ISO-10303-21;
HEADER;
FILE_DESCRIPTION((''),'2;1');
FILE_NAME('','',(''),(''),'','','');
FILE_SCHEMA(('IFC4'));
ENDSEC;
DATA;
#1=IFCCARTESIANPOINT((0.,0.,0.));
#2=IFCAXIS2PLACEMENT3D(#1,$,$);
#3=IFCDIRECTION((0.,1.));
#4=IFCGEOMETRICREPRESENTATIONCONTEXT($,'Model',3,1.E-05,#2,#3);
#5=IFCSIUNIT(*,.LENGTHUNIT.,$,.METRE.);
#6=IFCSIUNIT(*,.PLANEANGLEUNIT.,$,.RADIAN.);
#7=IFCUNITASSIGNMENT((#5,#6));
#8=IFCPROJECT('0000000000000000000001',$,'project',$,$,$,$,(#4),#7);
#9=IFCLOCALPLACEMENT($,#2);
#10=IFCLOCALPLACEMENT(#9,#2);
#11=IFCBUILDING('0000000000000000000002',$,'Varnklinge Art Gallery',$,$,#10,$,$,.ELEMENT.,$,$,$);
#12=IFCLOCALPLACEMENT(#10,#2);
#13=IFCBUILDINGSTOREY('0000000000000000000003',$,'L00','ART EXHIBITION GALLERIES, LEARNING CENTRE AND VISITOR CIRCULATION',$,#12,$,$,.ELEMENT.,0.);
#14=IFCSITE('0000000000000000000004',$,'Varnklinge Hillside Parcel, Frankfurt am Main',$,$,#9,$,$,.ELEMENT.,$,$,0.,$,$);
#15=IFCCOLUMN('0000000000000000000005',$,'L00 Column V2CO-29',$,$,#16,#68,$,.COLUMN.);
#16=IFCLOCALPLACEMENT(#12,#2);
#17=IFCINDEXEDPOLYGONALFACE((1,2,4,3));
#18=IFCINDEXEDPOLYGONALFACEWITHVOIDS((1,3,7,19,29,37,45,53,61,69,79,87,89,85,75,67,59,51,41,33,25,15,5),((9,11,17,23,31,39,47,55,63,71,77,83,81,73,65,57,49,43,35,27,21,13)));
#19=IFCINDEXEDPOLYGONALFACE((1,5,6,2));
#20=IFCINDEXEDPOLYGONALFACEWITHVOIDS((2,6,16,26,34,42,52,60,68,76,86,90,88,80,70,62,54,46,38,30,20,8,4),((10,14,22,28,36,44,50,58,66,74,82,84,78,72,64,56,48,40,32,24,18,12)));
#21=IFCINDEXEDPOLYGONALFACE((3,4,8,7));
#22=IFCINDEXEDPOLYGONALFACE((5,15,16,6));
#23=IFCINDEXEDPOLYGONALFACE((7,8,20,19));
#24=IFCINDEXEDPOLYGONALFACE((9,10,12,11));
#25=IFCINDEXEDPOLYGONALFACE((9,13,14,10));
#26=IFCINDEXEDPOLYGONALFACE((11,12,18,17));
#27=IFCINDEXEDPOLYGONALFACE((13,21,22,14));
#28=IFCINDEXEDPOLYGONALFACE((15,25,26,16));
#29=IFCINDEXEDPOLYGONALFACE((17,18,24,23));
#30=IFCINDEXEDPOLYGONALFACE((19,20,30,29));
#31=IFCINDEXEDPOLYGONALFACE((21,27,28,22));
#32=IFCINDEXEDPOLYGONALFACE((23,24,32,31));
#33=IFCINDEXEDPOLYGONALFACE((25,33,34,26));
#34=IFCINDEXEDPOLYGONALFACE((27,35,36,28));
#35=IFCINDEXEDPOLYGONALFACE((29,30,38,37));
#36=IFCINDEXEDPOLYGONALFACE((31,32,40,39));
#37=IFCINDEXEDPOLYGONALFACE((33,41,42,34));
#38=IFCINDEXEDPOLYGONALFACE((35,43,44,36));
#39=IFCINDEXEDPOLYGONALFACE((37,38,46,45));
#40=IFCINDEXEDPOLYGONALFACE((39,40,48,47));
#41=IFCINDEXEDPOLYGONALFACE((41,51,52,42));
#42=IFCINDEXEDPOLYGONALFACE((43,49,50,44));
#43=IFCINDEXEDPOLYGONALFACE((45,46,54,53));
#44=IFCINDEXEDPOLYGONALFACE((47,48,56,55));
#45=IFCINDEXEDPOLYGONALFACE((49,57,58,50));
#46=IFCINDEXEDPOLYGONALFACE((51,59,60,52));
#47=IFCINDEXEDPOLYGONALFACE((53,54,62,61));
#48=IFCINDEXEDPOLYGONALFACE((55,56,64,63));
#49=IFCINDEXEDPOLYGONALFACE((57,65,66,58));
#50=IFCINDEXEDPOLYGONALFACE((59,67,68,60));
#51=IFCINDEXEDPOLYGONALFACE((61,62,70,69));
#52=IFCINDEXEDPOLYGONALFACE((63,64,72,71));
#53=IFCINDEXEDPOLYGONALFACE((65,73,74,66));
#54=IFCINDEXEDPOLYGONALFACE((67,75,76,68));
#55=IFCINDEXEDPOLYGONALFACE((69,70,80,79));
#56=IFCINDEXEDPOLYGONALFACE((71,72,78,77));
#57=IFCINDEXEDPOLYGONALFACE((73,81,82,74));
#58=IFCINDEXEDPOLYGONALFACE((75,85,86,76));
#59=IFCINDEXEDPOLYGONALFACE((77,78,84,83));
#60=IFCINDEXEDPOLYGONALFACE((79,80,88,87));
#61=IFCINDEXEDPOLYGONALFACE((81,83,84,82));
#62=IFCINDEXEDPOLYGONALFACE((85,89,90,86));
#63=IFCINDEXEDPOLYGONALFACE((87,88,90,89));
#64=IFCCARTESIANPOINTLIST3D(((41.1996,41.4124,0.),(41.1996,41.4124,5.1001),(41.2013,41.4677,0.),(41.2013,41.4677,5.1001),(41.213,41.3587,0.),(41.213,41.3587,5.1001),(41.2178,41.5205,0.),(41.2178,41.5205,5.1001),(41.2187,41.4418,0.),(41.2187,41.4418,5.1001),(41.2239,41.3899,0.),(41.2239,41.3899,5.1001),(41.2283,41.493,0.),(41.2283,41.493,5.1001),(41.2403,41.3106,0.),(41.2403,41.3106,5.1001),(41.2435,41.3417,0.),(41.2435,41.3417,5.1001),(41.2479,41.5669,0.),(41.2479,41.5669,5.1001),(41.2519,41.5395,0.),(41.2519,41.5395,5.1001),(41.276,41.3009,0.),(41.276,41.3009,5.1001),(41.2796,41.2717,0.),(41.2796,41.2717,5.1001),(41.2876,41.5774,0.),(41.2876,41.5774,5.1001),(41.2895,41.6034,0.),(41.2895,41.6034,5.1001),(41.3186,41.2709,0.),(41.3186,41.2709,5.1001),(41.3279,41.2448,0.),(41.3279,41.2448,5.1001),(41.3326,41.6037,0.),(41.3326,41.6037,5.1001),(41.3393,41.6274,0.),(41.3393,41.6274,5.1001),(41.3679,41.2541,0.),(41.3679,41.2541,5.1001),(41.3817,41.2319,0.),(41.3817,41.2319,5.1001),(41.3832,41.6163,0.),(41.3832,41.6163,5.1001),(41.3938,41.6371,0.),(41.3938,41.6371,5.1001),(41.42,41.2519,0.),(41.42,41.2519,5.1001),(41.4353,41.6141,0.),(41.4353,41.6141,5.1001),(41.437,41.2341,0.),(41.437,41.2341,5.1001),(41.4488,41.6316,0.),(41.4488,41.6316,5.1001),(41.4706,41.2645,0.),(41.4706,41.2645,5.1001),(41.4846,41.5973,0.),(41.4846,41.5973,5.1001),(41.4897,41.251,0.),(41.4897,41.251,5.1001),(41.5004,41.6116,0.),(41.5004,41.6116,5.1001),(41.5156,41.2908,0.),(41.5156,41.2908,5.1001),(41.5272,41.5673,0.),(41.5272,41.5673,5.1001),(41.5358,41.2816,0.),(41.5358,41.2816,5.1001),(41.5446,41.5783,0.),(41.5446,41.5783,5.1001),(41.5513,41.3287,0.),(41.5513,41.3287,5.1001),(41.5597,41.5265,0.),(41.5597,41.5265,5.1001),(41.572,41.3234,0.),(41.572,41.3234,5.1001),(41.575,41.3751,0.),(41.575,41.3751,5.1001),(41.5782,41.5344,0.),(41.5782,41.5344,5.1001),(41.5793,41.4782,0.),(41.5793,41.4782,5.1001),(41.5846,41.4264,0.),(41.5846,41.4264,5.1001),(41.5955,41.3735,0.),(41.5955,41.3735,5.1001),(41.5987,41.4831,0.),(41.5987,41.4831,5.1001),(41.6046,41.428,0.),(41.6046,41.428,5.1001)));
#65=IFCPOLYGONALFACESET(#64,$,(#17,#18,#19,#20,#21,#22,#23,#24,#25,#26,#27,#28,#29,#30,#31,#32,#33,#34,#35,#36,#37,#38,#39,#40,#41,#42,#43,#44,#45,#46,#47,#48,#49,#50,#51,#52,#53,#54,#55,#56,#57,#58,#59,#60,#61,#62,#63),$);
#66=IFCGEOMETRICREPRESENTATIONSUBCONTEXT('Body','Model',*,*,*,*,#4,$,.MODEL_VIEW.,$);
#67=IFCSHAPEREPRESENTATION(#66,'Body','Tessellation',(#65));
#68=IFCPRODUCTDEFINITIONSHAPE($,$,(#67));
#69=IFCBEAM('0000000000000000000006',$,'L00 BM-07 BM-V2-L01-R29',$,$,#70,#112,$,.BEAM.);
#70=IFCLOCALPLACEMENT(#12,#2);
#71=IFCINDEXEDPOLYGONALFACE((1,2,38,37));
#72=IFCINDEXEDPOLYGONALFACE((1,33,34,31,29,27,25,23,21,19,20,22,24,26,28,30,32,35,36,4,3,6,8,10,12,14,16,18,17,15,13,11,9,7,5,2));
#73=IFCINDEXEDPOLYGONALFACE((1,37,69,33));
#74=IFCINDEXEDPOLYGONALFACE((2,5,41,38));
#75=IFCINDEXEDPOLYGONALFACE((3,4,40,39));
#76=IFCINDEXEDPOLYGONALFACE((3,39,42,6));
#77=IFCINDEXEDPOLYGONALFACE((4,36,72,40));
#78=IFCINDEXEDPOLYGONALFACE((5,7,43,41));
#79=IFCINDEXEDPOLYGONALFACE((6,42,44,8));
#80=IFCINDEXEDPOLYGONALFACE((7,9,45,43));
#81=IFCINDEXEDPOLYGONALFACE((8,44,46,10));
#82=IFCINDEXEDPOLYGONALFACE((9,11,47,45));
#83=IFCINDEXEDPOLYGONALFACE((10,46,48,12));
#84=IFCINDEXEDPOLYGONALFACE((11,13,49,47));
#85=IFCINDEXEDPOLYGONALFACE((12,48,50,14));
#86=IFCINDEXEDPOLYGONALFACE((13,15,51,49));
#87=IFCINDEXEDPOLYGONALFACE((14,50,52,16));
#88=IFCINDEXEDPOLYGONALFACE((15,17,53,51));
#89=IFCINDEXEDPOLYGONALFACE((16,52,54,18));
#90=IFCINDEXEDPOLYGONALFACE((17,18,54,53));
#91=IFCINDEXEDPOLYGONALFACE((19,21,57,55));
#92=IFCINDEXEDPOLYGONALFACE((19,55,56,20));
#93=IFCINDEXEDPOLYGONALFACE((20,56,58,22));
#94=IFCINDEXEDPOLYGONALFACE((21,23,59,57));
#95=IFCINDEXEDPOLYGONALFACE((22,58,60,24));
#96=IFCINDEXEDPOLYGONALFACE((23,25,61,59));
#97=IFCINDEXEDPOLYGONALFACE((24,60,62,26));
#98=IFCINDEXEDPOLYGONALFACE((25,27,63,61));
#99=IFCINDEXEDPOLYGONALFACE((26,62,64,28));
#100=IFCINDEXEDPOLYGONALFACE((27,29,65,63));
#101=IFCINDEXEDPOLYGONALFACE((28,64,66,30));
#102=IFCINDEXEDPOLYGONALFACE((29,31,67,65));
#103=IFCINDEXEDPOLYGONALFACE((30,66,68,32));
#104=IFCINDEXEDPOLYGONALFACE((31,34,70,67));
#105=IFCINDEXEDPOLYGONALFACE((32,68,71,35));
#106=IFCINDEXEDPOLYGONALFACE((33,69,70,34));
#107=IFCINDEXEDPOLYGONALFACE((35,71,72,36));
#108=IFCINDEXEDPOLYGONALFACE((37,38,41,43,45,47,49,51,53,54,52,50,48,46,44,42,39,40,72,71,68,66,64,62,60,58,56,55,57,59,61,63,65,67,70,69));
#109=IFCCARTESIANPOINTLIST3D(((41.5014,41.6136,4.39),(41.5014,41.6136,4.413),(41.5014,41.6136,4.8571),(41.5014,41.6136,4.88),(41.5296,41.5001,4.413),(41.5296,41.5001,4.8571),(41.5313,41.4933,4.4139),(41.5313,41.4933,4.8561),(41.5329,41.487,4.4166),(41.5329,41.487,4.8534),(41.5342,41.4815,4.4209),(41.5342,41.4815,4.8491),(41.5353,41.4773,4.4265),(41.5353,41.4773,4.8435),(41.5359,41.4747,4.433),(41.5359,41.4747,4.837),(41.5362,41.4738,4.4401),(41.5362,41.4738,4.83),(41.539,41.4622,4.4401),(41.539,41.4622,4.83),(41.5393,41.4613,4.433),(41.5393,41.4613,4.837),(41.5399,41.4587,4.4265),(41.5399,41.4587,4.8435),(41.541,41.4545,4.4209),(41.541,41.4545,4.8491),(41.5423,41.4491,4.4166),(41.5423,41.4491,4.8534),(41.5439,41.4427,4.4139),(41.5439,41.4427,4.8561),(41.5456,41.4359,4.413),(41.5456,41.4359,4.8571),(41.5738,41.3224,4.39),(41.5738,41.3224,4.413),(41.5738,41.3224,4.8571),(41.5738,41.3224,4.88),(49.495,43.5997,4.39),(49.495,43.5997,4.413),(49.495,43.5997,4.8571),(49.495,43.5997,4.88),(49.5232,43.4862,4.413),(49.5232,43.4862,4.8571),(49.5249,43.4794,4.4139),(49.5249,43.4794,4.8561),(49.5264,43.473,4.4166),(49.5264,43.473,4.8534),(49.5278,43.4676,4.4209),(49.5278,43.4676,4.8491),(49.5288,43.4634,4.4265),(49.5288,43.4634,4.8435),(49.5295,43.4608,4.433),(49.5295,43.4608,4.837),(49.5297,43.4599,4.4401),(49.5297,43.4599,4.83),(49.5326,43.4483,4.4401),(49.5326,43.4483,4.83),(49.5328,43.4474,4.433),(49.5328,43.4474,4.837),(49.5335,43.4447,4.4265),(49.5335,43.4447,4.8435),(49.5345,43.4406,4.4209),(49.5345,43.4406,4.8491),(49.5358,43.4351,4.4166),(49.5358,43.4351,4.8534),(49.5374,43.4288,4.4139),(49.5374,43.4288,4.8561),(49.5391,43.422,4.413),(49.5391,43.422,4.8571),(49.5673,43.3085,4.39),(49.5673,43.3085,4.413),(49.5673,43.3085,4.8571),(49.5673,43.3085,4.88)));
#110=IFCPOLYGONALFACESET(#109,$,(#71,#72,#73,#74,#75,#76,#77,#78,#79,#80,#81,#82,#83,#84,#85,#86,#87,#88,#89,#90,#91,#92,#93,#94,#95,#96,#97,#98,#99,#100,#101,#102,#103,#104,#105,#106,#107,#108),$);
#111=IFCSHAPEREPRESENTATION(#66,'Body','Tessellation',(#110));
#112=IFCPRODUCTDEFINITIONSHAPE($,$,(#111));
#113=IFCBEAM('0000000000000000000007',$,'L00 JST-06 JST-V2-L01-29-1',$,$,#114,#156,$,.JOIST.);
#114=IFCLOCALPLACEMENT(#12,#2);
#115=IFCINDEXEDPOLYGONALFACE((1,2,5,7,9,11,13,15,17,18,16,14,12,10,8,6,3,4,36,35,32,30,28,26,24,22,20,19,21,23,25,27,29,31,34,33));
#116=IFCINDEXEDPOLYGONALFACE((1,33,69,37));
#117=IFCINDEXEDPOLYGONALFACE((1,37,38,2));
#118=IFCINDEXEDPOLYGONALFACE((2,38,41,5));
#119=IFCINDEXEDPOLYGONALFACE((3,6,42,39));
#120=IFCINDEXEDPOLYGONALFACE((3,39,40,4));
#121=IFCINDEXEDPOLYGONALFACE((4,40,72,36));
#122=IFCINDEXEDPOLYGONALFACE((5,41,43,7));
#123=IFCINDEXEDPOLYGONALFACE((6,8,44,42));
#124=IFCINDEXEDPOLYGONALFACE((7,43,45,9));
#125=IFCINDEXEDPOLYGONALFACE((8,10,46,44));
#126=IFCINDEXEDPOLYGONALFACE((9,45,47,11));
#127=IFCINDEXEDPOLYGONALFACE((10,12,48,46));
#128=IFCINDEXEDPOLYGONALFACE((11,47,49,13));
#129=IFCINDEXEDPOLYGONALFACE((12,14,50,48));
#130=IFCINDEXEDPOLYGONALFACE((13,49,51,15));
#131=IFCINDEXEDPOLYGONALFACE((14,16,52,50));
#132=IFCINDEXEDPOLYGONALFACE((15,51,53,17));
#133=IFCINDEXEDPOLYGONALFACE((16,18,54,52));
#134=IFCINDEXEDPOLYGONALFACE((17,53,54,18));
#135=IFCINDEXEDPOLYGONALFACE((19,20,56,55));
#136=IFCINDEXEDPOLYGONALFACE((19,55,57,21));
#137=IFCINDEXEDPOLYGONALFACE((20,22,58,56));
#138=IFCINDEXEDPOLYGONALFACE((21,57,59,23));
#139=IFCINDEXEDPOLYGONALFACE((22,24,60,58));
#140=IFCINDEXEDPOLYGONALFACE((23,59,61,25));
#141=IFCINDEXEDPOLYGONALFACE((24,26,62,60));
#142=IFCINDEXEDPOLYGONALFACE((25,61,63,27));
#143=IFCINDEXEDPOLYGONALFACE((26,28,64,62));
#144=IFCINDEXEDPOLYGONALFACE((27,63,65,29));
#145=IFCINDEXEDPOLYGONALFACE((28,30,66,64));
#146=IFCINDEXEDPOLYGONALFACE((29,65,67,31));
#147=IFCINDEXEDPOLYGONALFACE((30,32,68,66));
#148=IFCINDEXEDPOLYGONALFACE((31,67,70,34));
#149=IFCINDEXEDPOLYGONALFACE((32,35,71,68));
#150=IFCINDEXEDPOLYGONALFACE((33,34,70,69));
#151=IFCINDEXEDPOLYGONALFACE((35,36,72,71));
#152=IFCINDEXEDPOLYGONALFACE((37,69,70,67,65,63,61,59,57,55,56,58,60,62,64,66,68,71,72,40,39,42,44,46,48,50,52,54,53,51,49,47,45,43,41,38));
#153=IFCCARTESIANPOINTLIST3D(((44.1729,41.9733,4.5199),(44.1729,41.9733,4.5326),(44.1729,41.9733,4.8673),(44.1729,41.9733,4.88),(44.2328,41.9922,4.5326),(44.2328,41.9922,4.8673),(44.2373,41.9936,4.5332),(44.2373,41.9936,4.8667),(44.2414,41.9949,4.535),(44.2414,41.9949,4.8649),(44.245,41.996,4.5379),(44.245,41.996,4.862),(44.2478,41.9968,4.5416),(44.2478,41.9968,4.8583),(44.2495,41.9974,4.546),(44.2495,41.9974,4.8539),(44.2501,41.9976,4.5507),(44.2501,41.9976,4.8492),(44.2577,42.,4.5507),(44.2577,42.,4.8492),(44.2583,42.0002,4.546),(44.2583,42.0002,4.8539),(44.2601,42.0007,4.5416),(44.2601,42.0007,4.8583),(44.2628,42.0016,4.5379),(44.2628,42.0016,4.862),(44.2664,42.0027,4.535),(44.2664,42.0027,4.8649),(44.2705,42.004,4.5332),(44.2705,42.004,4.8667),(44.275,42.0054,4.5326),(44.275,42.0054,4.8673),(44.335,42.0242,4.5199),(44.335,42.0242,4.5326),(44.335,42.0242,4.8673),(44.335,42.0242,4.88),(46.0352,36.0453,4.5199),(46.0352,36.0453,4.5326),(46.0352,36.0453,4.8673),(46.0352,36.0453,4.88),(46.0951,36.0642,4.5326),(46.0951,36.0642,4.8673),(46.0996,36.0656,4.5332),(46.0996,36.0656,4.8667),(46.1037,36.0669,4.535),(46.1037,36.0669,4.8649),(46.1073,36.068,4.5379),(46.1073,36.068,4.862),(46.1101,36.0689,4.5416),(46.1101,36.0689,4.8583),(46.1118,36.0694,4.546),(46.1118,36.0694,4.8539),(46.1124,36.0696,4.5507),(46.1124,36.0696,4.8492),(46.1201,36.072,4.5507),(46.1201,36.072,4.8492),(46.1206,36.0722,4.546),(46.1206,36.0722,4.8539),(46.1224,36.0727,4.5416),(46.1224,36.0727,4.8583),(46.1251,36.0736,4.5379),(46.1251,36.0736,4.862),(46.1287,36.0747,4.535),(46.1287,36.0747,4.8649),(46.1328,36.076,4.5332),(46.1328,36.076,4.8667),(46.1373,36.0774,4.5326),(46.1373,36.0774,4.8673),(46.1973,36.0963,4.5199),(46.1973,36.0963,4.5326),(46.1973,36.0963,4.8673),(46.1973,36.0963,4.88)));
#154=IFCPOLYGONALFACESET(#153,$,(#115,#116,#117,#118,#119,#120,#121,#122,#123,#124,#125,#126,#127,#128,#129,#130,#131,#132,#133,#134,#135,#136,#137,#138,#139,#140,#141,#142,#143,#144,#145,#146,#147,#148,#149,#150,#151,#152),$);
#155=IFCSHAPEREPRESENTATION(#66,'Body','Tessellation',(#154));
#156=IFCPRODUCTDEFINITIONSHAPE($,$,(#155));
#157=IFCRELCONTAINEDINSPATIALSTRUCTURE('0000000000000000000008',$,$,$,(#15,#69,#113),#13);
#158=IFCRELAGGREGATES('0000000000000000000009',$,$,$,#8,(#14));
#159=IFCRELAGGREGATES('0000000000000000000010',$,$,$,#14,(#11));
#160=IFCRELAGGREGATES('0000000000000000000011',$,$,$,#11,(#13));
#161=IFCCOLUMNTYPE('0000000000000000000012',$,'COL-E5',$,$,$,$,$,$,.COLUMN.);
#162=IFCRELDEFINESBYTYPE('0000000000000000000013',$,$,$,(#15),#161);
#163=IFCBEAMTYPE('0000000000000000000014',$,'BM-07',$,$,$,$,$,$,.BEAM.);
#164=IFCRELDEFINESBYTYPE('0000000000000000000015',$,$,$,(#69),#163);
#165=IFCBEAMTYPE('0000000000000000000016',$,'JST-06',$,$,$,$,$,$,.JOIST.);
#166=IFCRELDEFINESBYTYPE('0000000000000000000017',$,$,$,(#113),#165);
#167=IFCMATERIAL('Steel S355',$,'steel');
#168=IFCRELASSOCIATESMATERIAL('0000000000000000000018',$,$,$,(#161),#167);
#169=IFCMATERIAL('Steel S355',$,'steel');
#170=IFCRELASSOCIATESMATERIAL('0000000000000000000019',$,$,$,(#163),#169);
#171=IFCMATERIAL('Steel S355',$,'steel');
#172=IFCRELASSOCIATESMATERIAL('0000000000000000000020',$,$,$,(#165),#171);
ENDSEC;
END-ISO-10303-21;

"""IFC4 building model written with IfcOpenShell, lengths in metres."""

from ifc_helpers import new_model, si_unit, direction, frame, origin, origin_2d, place, context, subcontext, project, spatial, hollow_circle, i_section, extrude, material, material_profile, profile_set, type_object, element, save


model = new_model("IFC4")

# Units and contexts
model_context = context("Model", 3, precision=1e-05, world=origin(), true_north=direction((0.0, 1.0)))
body_context = subcontext(model_context, "Body", "Model", "MODEL_VIEW")
ifc_project = project(units=[si_unit("LENGTHUNIT", "METRE"), si_unit("PLANEANGLEUNIT", "RADIAN")], contexts=[model_context])

# Site, building, storey
site_placement = place(None, origin())
site = spatial("IfcSite", under=ifc_project, at=site_placement, Name="Varnklinge Hillside Parcel, Frankfurt am Main", CompositionType="ELEMENT", RefElevation=0.0)
building_placement = place(site_placement, origin())
building = spatial("IfcBuilding", under=site, at=building_placement, Name="Varnklinge Art Gallery", CompositionType="ELEMENT")
storey_placement = place(building_placement, origin())
storey = spatial("IfcBuildingStorey", under=building, at=storey_placement, Name="L00", Description="ART EXHIBITION GALLERIES, LEARNING CENTRE AND VISITOR CIRCULATION", CompositionType="ELEMENT", Elevation=0.0)

# Column
ifc_material_1 = material(Name="Steel S355", Category="steel")
ifc_material_profile_1 = material_profile(ifc_material_1, hollow_circle(Radius=0.2031, WallThickness=0.02, at=origin_2d()), Name="CHS 406.4x20")
ifc_profile_set_1 = profile_set([ifc_material_profile_1], Name="Steel S355")
column_type = type_object("IfcColumnType", Name="COL-E5", PredefinedType="COLUMN", material=ifc_profile_set_1)
column_placement = place(storey_placement, frame((41.4016, 41.4341, 0.0), z_axis=(0.0, 0.0, 1.0), x_axis=(0.970506, 0.241075, 0.0)))
element("IfcColumn", 1, at=column_placement, inside=storey, type_object=column_type, Name="L00 Column V2CO-29", PredefinedType="COLUMN", context=body_context, shape_type="SweptSolid", body=[
    extrude(hollow_circle(Radius=0.2031, WallThickness=0.02, at=origin_2d()), origin(), (0.0, 0.0, 1.0), 5.1001),
])

# Beams
ifc_material_2 = material(Name="Steel S355", Category="steel")
ifc_material_profile_2 = material_profile(ifc_material_2, i_section(OverallWidth=0.3, OverallDepth=0.49, WebThickness=0.012, FlangeThickness=0.0229, FilletRadius=0.0271, at=origin_2d()), Name="HEA 500")
ifc_profile_set_2 = profile_set([ifc_material_profile_2], Name="Steel S355")
beam_type_1 = type_object("IfcBeamType", Name="BM-07", PredefinedType="BEAM", material=ifc_profile_set_2)
beam_1_placement = place(storey_placement, frame((41.5376, 41.468, 4.635), z_axis=(0.970494, 0.241127, 0.0), x_axis=(-0.241127, 0.970494, 0.0)))
element("IfcBeam", 2, at=beam_1_placement, inside=storey, type_object=beam_type_1, Name="L00 BM-07 BM-V2-L01-R29", PredefinedType="BEAM", context=body_context, shape_type="SweptSolid", body=[
    extrude(i_section(OverallWidth=0.3, OverallDepth=0.49, WebThickness=0.012, FlangeThickness=0.0229, FilletRadius=0.0271, at=origin_2d()), origin(), (0.0, 0.0, 1.0), 8.2366),
])
ifc_material_3 = material(Name="Steel S355", Category="steel")
ifc_material_profile_3 = material_profile(ifc_material_3, i_section(OverallWidth=0.1699, OverallDepth=0.3601, WebThickness=0.0081, FlangeThickness=0.0127, FilletRadius=0.0181, at=origin_2d()), Name="IPE 360")
ifc_profile_set_3 = profile_set([ifc_material_profile_3], Name="Steel S355")
beam_type_2 = type_object("IfcBeamType", Name="JST-06", PredefinedType="JOIST", material=ifc_profile_set_3)
beam_2_placement = place(storey_placement, frame((44.2539, 41.9988, 4.7), z_axis=(0.299713, -0.954029, 0.0), x_axis=(0.954029, 0.299713, 0.0)))
element("IfcBeam", 3, at=beam_2_placement, inside=storey, type_object=beam_type_2, Name="L00 JST-06 JST-V2-L01-29-1", PredefinedType="JOIST", context=body_context, shape_type="SweptSolid", body=[
    extrude(i_section(OverallWidth=0.1699, OverallDepth=0.3601, WebThickness=0.0081, FlangeThickness=0.0127, FilletRadius=0.0181, at=origin_2d()), origin(), (0.0, 0.0, 1.0), 6.2136),
])

save(model, "model.ifc")
